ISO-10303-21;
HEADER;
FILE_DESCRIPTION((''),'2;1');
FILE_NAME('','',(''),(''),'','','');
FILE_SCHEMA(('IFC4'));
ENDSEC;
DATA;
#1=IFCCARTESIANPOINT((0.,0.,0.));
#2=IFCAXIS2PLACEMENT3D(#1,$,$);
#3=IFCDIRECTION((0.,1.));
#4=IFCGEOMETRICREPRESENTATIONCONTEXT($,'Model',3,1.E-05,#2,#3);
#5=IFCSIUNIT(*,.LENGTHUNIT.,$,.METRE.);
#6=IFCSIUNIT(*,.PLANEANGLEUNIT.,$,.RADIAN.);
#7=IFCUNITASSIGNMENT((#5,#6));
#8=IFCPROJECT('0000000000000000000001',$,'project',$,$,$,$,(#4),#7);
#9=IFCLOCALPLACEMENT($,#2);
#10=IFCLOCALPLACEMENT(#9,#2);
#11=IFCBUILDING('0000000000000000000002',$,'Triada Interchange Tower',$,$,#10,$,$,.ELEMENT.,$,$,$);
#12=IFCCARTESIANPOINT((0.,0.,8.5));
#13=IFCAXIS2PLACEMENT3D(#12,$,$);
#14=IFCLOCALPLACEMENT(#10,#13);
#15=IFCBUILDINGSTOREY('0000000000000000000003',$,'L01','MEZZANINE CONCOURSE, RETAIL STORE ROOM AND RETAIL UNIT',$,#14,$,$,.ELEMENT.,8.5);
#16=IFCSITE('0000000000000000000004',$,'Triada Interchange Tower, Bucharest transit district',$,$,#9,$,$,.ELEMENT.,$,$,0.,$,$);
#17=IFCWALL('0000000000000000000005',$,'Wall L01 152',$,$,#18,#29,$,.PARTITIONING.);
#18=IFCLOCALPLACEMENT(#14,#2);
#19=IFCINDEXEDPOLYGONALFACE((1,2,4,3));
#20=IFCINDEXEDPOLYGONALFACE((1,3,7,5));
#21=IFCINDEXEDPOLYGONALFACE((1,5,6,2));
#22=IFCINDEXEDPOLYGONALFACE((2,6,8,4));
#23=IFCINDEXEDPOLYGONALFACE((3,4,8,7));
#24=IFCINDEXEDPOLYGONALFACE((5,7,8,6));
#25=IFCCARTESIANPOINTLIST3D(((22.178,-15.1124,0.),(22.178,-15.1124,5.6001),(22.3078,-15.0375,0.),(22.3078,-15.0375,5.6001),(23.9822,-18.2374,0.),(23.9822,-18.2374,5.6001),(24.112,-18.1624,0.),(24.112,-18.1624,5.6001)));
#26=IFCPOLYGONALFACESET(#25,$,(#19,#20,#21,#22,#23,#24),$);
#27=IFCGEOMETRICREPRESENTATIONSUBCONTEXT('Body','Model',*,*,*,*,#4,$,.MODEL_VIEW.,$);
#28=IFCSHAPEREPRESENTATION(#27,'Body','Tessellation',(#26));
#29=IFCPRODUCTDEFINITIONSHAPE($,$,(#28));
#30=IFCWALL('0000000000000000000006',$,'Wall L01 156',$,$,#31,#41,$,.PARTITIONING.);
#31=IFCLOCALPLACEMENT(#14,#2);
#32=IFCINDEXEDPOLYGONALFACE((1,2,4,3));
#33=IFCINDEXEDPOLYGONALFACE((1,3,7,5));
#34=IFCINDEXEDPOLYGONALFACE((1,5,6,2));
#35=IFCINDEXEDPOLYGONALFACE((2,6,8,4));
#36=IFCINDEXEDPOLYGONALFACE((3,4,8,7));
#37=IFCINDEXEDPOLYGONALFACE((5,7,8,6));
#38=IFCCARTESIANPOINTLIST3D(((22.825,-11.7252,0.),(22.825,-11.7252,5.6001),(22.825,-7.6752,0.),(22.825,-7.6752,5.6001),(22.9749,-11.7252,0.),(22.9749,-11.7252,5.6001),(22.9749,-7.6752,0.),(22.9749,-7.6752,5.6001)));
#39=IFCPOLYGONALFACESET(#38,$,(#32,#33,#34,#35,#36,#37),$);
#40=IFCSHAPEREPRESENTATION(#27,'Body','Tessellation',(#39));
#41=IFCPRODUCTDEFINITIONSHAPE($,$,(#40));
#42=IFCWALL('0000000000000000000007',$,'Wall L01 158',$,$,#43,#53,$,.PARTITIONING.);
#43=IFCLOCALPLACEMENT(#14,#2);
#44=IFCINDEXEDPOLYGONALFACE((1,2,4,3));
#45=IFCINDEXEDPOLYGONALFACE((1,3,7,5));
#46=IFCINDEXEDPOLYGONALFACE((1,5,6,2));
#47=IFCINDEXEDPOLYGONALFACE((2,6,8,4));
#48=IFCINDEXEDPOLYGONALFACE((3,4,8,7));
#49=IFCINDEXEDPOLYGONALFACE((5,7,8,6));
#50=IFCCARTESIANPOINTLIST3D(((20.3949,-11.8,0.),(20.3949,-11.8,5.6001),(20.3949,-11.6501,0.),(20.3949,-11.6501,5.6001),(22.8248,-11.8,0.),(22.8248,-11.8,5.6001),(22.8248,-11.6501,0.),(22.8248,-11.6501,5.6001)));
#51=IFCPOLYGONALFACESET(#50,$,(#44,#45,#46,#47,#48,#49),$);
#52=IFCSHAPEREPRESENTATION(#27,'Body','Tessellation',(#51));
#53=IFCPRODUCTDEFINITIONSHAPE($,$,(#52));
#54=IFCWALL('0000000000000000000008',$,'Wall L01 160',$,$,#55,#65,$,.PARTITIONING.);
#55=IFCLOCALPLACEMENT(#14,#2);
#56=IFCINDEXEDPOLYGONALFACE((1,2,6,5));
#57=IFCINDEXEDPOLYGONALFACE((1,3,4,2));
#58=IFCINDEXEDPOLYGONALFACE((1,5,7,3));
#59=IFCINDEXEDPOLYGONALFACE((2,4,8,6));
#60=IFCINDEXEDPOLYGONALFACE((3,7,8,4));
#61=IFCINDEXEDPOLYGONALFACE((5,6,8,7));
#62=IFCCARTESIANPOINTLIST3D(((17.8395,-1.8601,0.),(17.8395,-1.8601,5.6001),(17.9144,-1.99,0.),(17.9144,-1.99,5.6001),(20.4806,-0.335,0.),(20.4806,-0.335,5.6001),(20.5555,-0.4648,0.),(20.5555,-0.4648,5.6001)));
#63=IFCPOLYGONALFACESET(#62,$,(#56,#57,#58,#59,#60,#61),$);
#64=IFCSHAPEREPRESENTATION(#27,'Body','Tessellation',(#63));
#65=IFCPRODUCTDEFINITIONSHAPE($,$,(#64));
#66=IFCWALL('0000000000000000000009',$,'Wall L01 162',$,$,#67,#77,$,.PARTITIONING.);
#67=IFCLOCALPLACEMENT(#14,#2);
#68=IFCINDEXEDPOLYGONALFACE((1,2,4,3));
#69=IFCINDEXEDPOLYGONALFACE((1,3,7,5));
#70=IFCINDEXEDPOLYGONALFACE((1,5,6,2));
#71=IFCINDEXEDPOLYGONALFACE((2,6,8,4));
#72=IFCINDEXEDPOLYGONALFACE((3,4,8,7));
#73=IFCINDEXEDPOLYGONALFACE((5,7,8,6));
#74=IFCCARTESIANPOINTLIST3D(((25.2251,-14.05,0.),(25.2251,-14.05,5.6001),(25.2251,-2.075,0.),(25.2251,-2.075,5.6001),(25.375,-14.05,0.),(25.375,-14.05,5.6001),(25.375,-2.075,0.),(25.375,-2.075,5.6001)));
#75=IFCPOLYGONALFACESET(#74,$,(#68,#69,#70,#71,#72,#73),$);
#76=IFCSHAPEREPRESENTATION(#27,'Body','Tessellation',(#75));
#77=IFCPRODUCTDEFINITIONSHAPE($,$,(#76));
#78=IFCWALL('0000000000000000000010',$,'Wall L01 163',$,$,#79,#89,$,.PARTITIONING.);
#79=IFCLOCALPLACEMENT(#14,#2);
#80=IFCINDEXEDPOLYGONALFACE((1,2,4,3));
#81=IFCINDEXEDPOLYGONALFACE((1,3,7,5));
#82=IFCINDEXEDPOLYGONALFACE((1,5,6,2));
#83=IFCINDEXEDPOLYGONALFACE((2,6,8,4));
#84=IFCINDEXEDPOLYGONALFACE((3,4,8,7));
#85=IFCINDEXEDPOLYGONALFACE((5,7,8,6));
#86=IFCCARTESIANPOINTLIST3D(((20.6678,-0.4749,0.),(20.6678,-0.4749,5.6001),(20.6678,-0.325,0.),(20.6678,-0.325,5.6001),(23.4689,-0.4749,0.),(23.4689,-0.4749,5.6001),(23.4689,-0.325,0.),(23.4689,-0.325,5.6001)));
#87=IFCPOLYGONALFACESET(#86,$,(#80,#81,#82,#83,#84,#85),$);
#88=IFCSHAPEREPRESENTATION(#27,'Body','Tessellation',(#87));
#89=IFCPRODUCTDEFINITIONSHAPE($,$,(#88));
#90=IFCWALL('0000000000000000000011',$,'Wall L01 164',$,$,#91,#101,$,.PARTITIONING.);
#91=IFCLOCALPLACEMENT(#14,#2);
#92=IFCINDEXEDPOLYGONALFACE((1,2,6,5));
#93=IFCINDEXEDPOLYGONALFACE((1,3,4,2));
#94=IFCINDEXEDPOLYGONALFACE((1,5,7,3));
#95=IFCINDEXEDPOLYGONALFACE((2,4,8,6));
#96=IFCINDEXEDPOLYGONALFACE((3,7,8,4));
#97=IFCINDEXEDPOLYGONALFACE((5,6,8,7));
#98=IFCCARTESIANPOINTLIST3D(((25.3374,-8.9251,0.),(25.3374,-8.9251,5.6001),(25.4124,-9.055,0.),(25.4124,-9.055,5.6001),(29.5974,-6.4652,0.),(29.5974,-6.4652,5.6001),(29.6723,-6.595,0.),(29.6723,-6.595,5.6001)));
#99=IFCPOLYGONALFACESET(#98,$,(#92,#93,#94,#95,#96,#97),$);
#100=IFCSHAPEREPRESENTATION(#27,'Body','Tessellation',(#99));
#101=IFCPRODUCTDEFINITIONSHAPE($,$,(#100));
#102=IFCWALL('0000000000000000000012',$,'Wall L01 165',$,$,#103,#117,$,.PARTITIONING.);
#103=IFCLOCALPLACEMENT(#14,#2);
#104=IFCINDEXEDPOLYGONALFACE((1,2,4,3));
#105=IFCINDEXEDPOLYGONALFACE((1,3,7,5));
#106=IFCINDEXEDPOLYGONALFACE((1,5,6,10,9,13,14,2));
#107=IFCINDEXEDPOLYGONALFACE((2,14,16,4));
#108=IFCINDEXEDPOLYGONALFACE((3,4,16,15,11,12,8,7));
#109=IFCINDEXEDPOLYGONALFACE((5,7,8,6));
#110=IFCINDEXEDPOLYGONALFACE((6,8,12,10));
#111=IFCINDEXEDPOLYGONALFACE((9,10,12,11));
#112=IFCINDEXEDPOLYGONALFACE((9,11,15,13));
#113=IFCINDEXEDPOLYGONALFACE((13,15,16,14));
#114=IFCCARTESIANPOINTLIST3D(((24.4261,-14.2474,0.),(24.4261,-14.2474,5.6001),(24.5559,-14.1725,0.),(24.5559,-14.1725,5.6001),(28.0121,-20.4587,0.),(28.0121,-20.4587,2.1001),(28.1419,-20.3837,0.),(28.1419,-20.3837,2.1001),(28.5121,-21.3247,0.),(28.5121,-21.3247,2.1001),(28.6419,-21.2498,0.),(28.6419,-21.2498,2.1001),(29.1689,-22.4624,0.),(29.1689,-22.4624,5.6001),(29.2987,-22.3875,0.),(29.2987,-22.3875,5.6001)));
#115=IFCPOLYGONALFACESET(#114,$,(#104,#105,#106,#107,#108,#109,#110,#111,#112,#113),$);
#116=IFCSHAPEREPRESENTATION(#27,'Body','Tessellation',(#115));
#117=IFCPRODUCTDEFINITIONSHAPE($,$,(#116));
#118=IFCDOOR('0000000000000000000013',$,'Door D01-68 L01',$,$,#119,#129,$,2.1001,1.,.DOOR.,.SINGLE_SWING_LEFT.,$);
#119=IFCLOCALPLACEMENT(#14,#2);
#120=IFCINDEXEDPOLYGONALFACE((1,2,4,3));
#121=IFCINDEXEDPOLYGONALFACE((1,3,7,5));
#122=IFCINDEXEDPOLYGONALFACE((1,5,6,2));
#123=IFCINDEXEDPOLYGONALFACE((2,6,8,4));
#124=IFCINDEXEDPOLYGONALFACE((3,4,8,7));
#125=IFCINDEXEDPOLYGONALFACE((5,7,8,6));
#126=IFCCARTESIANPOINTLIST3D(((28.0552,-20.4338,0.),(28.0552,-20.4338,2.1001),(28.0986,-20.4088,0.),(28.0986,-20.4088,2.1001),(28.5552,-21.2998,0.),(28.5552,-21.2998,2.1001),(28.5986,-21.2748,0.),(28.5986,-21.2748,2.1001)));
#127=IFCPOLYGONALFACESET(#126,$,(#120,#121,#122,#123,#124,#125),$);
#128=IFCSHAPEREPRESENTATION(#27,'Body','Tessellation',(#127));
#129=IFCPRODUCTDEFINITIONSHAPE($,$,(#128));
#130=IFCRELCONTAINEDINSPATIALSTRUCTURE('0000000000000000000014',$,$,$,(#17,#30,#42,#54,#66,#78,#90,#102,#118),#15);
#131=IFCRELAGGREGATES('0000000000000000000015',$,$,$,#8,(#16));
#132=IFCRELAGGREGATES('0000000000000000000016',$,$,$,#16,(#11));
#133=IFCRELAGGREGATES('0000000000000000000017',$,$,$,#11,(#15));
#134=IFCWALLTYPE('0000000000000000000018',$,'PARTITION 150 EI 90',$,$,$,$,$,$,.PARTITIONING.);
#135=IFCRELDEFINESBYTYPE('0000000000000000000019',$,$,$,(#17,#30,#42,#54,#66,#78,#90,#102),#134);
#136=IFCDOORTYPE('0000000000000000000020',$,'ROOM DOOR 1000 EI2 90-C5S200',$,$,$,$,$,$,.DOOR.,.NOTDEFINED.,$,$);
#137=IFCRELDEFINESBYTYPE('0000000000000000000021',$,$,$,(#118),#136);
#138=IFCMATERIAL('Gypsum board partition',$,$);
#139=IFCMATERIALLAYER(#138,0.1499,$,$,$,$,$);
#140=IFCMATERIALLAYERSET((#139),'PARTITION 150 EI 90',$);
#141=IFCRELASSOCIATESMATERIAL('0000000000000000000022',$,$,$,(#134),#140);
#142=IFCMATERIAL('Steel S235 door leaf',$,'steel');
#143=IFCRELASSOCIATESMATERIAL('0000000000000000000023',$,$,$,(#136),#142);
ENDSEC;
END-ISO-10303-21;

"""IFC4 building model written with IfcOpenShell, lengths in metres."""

from ifc_helpers import new_model, si_unit, direction, frame, frame_2d, origin, place, context, subcontext, project, spatial, rectangle, extrude, material, layer, layer_set, type_object, element, fill, save


model = new_model("IFC4")

# Units and contexts
model_context = context("Model", 3, precision=1e-05, world=origin(), true_north=direction((0.0, 1.0)))
body_context = subcontext(model_context, "Body", "Model", "MODEL_VIEW")
ifc_project = project(units=[si_unit("LENGTHUNIT", "METRE"), si_unit("PLANEANGLEUNIT", "RADIAN")], contexts=[model_context])

# Site, building, storey
site_placement = place(None, origin())
site = spatial("IfcSite", under=ifc_project, at=site_placement, Name="Triada Interchange Tower, Bucharest transit district", CompositionType="ELEMENT", RefElevation=0.0)
building_placement = place(site_placement, origin())
building = spatial("IfcBuilding", under=site, at=building_placement, Name="Triada Interchange Tower", CompositionType="ELEMENT")
storey_placement = place(building_placement, frame((0.0, 0.0, 8.5)))
storey = spatial("IfcBuildingStorey", under=building, at=storey_placement, Name="L01", Description="MEZZANINE CONCOURSE, RETAIL STORE ROOM AND RETAIL UNIT", CompositionType="ELEMENT", Elevation=8.5)

# Shared definitions
ifc_material_1 = material(Name="Steel S235 door leaf", Category="steel")

# Shared definitions
ifc_material_2 = material(Name="Gypsum board partition")

# Shared definitions
ifc_layer_1 = layer(ifc_material_2, 0.1499)
ifc_layer_set_1 = layer_set([ifc_layer_1], Name="PARTITION 150 EI 90")
wall_type_1 = type_object("IfcWallType", Name="PARTITION 150 EI 90", PredefinedType="PARTITIONING", material=ifc_layer_set_1)

# Walls
wall_1_placement = place(storey_placement, frame((22.2429, -15.075, 0.0), z_axis=(0.0, 0.0, 1.0), x_axis=(0.499996, -0.866028, 0.0)))
element("IfcWall", 1, at=wall_1_placement, inside=storey, type_object=wall_type_1, Name="Wall L01 152", PredefinedType="PARTITIONING", context=body_context, shape_type="SweptSolid", body=[
    extrude(rectangle(XDim=3.6084, YDim=0.1499, at=frame_2d((1.8042, 0.0))), origin(), (0.0, 0.0, 1.0), 5.6001),
])
wall_2_placement = place(storey_placement, frame((22.8999, -11.7251, 0.0), z_axis=(0.0, 0.0, 1.0), x_axis=(0.0, 1.0, 0.0)))
element("IfcWall", 2, at=wall_2_placement, inside=storey, type_object=wall_type_1, Name="Wall L01 156", PredefinedType="PARTITIONING", context=body_context, shape_type="SweptSolid", body=[
    extrude(rectangle(XDim=4.05, YDim=0.1499, at=frame_2d((2.0249, 0.0))), origin(), (0.0, 0.0, 1.0), 5.6001),
])
wall_3_placement = place(storey_placement, frame((20.395, -11.7251, 0.0), z_axis=(0.0, 0.0, 1.0), x_axis=(1.0, 0.0, 0.0)))
element("IfcWall", 3, at=wall_3_placement, inside=storey, type_object=wall_type_1, Name="Wall L01 158", PredefinedType="PARTITIONING", context=body_context, shape_type="SweptSolid", body=[
    extrude(rectangle(XDim=2.4299, YDim=0.1499, at=frame_2d((1.2148, 0.0))), origin(), (0.0, 0.0, 1.0), 5.6001),
])
wall_4_placement = place(storey_placement, frame((17.877, -1.925, 0.0), z_axis=(0.0, 0.0, 1.0), x_axis=(0.865983, 0.500074, 0.0)))
element("IfcWall", 4, at=wall_4_placement, inside=storey, type_object=wall_type_1, Name="Wall L01 160", PredefinedType="PARTITIONING", context=body_context, shape_type="SweptSolid", body=[
    extrude(rectangle(XDim=3.0498, YDim=0.1499, at=frame_2d((1.5249, 0.0))), origin(), (0.0, 0.0, 1.0), 5.6001),
])
wall_5_placement = place(storey_placement, frame((25.3, -14.05, 0.0), z_axis=(0.0, 0.0, 1.0), x_axis=(0.0, 1.0, 0.0)))
element("IfcWall", 5, at=wall_5_placement, inside=storey, type_object=wall_type_1, Name="Wall L01 162", PredefinedType="PARTITIONING", context=body_context, shape_type="SweptSolid", body=[
    extrude(rectangle(XDim=11.9751, YDim=0.1499, at=frame_2d((5.9875, 0.0))), origin(), (0.0, 0.0, 1.0), 5.6001),
])
wall_6_placement = place(storey_placement, frame((20.668, -0.3999, 0.0), z_axis=(0.0, 0.0, 1.0), x_axis=(1.0, 0.0, 0.0)))
element("IfcWall", 6, at=wall_6_placement, inside=storey, type_object=wall_type_1, Name="Wall L01 163", PredefinedType="PARTITIONING", context=body_context, shape_type="SweptSolid", body=[
    extrude(rectangle(XDim=2.801, YDim=0.1499, at=frame_2d((1.4004, 0.0))), origin(), (0.0, 0.0, 1.0), 5.6001),
])
wall_7_placement = place(storey_placement, frame((25.375, -8.99, 0.0), z_axis=(0.0, 0.0, 1.0), x_axis=(0.865986, 0.500068, 0.0)))
element("IfcWall", 7, at=wall_7_placement, inside=storey, type_object=wall_type_1, Name="Wall L01 164", PredefinedType="PARTITIONING", context=body_context, shape_type="SweptSolid", body=[
    extrude(rectangle(XDim=4.9192, YDim=0.1499, at=frame_2d((2.4595, 0.0))), origin(), (0.0, 0.0, 1.0), 5.6001),
])

# Wall, opening, door
wall_8_placement = place(storey_placement, frame((24.491, -14.21, 0.0), z_axis=(0.0, 0.0, 1.0), x_axis=(0.499995, -0.866028, 0.0)))
wall_8 = element("IfcWall", 8, at=wall_8_placement, inside=storey, type_object=wall_type_1, Name="Wall L01 165", PredefinedType="PARTITIONING", context=body_context, shape_type="SweptSolid", body=[
    extrude(rectangle(XDim=9.4858, YDim=0.1499, at=frame_2d((4.7429, 0.0))), origin(), (0.0, 0.0, 1.0), 5.6001),
])
opening_1_placement = place(wall_8_placement, frame((7.1721, 0.0, 0.0)))
opening_1 = element("IfcOpeningElement", 9, at=opening_1_placement, cuts=wall_8, PredefinedType="OPENING", context=body_context, shape_type="SweptSolid", body=[
    extrude(rectangle(XDim=1.0, YDim=2.1001, at=frame_2d((0.5, 1.05))), frame((0.0, 0.085, 0.0), z_axis=(0.0, -1.0, 0.0), x_axis=(1.0, 0.0, 0.0)), (0.0, 0.0, 1.0), 0.1699),
])
door_type_1 = type_object("IfcDoorType", Name="ROOM DOOR 1000 EI2 90-C5S200", OperationType="NOTDEFINED", PredefinedType="DOOR", material=ifc_material_1)
door_1_placement = place(opening_1_placement, origin())
door_1 = element("IfcDoor", 10, at=door_1_placement, inside=storey, type_object=door_type_1, Name="Door D01-68 L01", OperationType="SINGLE_SWING_LEFT", OverallHeight=2.1001, OverallWidth=1.0, PredefinedType="DOOR", context=body_context, shape_type="SweptSolid", body=[
    extrude(rectangle(XDim=1.0, YDim=2.1001, at=frame_2d((0.5, 1.05))), frame((0.0, 0.0249, 0.0), z_axis=(0.0, -1.0, 0.0), x_axis=(1.0, 0.0, 0.0)), (0.0, 0.0, 1.0), 0.05),
])
fill(opening_1, door_1)

save(model, "model.ifc")
